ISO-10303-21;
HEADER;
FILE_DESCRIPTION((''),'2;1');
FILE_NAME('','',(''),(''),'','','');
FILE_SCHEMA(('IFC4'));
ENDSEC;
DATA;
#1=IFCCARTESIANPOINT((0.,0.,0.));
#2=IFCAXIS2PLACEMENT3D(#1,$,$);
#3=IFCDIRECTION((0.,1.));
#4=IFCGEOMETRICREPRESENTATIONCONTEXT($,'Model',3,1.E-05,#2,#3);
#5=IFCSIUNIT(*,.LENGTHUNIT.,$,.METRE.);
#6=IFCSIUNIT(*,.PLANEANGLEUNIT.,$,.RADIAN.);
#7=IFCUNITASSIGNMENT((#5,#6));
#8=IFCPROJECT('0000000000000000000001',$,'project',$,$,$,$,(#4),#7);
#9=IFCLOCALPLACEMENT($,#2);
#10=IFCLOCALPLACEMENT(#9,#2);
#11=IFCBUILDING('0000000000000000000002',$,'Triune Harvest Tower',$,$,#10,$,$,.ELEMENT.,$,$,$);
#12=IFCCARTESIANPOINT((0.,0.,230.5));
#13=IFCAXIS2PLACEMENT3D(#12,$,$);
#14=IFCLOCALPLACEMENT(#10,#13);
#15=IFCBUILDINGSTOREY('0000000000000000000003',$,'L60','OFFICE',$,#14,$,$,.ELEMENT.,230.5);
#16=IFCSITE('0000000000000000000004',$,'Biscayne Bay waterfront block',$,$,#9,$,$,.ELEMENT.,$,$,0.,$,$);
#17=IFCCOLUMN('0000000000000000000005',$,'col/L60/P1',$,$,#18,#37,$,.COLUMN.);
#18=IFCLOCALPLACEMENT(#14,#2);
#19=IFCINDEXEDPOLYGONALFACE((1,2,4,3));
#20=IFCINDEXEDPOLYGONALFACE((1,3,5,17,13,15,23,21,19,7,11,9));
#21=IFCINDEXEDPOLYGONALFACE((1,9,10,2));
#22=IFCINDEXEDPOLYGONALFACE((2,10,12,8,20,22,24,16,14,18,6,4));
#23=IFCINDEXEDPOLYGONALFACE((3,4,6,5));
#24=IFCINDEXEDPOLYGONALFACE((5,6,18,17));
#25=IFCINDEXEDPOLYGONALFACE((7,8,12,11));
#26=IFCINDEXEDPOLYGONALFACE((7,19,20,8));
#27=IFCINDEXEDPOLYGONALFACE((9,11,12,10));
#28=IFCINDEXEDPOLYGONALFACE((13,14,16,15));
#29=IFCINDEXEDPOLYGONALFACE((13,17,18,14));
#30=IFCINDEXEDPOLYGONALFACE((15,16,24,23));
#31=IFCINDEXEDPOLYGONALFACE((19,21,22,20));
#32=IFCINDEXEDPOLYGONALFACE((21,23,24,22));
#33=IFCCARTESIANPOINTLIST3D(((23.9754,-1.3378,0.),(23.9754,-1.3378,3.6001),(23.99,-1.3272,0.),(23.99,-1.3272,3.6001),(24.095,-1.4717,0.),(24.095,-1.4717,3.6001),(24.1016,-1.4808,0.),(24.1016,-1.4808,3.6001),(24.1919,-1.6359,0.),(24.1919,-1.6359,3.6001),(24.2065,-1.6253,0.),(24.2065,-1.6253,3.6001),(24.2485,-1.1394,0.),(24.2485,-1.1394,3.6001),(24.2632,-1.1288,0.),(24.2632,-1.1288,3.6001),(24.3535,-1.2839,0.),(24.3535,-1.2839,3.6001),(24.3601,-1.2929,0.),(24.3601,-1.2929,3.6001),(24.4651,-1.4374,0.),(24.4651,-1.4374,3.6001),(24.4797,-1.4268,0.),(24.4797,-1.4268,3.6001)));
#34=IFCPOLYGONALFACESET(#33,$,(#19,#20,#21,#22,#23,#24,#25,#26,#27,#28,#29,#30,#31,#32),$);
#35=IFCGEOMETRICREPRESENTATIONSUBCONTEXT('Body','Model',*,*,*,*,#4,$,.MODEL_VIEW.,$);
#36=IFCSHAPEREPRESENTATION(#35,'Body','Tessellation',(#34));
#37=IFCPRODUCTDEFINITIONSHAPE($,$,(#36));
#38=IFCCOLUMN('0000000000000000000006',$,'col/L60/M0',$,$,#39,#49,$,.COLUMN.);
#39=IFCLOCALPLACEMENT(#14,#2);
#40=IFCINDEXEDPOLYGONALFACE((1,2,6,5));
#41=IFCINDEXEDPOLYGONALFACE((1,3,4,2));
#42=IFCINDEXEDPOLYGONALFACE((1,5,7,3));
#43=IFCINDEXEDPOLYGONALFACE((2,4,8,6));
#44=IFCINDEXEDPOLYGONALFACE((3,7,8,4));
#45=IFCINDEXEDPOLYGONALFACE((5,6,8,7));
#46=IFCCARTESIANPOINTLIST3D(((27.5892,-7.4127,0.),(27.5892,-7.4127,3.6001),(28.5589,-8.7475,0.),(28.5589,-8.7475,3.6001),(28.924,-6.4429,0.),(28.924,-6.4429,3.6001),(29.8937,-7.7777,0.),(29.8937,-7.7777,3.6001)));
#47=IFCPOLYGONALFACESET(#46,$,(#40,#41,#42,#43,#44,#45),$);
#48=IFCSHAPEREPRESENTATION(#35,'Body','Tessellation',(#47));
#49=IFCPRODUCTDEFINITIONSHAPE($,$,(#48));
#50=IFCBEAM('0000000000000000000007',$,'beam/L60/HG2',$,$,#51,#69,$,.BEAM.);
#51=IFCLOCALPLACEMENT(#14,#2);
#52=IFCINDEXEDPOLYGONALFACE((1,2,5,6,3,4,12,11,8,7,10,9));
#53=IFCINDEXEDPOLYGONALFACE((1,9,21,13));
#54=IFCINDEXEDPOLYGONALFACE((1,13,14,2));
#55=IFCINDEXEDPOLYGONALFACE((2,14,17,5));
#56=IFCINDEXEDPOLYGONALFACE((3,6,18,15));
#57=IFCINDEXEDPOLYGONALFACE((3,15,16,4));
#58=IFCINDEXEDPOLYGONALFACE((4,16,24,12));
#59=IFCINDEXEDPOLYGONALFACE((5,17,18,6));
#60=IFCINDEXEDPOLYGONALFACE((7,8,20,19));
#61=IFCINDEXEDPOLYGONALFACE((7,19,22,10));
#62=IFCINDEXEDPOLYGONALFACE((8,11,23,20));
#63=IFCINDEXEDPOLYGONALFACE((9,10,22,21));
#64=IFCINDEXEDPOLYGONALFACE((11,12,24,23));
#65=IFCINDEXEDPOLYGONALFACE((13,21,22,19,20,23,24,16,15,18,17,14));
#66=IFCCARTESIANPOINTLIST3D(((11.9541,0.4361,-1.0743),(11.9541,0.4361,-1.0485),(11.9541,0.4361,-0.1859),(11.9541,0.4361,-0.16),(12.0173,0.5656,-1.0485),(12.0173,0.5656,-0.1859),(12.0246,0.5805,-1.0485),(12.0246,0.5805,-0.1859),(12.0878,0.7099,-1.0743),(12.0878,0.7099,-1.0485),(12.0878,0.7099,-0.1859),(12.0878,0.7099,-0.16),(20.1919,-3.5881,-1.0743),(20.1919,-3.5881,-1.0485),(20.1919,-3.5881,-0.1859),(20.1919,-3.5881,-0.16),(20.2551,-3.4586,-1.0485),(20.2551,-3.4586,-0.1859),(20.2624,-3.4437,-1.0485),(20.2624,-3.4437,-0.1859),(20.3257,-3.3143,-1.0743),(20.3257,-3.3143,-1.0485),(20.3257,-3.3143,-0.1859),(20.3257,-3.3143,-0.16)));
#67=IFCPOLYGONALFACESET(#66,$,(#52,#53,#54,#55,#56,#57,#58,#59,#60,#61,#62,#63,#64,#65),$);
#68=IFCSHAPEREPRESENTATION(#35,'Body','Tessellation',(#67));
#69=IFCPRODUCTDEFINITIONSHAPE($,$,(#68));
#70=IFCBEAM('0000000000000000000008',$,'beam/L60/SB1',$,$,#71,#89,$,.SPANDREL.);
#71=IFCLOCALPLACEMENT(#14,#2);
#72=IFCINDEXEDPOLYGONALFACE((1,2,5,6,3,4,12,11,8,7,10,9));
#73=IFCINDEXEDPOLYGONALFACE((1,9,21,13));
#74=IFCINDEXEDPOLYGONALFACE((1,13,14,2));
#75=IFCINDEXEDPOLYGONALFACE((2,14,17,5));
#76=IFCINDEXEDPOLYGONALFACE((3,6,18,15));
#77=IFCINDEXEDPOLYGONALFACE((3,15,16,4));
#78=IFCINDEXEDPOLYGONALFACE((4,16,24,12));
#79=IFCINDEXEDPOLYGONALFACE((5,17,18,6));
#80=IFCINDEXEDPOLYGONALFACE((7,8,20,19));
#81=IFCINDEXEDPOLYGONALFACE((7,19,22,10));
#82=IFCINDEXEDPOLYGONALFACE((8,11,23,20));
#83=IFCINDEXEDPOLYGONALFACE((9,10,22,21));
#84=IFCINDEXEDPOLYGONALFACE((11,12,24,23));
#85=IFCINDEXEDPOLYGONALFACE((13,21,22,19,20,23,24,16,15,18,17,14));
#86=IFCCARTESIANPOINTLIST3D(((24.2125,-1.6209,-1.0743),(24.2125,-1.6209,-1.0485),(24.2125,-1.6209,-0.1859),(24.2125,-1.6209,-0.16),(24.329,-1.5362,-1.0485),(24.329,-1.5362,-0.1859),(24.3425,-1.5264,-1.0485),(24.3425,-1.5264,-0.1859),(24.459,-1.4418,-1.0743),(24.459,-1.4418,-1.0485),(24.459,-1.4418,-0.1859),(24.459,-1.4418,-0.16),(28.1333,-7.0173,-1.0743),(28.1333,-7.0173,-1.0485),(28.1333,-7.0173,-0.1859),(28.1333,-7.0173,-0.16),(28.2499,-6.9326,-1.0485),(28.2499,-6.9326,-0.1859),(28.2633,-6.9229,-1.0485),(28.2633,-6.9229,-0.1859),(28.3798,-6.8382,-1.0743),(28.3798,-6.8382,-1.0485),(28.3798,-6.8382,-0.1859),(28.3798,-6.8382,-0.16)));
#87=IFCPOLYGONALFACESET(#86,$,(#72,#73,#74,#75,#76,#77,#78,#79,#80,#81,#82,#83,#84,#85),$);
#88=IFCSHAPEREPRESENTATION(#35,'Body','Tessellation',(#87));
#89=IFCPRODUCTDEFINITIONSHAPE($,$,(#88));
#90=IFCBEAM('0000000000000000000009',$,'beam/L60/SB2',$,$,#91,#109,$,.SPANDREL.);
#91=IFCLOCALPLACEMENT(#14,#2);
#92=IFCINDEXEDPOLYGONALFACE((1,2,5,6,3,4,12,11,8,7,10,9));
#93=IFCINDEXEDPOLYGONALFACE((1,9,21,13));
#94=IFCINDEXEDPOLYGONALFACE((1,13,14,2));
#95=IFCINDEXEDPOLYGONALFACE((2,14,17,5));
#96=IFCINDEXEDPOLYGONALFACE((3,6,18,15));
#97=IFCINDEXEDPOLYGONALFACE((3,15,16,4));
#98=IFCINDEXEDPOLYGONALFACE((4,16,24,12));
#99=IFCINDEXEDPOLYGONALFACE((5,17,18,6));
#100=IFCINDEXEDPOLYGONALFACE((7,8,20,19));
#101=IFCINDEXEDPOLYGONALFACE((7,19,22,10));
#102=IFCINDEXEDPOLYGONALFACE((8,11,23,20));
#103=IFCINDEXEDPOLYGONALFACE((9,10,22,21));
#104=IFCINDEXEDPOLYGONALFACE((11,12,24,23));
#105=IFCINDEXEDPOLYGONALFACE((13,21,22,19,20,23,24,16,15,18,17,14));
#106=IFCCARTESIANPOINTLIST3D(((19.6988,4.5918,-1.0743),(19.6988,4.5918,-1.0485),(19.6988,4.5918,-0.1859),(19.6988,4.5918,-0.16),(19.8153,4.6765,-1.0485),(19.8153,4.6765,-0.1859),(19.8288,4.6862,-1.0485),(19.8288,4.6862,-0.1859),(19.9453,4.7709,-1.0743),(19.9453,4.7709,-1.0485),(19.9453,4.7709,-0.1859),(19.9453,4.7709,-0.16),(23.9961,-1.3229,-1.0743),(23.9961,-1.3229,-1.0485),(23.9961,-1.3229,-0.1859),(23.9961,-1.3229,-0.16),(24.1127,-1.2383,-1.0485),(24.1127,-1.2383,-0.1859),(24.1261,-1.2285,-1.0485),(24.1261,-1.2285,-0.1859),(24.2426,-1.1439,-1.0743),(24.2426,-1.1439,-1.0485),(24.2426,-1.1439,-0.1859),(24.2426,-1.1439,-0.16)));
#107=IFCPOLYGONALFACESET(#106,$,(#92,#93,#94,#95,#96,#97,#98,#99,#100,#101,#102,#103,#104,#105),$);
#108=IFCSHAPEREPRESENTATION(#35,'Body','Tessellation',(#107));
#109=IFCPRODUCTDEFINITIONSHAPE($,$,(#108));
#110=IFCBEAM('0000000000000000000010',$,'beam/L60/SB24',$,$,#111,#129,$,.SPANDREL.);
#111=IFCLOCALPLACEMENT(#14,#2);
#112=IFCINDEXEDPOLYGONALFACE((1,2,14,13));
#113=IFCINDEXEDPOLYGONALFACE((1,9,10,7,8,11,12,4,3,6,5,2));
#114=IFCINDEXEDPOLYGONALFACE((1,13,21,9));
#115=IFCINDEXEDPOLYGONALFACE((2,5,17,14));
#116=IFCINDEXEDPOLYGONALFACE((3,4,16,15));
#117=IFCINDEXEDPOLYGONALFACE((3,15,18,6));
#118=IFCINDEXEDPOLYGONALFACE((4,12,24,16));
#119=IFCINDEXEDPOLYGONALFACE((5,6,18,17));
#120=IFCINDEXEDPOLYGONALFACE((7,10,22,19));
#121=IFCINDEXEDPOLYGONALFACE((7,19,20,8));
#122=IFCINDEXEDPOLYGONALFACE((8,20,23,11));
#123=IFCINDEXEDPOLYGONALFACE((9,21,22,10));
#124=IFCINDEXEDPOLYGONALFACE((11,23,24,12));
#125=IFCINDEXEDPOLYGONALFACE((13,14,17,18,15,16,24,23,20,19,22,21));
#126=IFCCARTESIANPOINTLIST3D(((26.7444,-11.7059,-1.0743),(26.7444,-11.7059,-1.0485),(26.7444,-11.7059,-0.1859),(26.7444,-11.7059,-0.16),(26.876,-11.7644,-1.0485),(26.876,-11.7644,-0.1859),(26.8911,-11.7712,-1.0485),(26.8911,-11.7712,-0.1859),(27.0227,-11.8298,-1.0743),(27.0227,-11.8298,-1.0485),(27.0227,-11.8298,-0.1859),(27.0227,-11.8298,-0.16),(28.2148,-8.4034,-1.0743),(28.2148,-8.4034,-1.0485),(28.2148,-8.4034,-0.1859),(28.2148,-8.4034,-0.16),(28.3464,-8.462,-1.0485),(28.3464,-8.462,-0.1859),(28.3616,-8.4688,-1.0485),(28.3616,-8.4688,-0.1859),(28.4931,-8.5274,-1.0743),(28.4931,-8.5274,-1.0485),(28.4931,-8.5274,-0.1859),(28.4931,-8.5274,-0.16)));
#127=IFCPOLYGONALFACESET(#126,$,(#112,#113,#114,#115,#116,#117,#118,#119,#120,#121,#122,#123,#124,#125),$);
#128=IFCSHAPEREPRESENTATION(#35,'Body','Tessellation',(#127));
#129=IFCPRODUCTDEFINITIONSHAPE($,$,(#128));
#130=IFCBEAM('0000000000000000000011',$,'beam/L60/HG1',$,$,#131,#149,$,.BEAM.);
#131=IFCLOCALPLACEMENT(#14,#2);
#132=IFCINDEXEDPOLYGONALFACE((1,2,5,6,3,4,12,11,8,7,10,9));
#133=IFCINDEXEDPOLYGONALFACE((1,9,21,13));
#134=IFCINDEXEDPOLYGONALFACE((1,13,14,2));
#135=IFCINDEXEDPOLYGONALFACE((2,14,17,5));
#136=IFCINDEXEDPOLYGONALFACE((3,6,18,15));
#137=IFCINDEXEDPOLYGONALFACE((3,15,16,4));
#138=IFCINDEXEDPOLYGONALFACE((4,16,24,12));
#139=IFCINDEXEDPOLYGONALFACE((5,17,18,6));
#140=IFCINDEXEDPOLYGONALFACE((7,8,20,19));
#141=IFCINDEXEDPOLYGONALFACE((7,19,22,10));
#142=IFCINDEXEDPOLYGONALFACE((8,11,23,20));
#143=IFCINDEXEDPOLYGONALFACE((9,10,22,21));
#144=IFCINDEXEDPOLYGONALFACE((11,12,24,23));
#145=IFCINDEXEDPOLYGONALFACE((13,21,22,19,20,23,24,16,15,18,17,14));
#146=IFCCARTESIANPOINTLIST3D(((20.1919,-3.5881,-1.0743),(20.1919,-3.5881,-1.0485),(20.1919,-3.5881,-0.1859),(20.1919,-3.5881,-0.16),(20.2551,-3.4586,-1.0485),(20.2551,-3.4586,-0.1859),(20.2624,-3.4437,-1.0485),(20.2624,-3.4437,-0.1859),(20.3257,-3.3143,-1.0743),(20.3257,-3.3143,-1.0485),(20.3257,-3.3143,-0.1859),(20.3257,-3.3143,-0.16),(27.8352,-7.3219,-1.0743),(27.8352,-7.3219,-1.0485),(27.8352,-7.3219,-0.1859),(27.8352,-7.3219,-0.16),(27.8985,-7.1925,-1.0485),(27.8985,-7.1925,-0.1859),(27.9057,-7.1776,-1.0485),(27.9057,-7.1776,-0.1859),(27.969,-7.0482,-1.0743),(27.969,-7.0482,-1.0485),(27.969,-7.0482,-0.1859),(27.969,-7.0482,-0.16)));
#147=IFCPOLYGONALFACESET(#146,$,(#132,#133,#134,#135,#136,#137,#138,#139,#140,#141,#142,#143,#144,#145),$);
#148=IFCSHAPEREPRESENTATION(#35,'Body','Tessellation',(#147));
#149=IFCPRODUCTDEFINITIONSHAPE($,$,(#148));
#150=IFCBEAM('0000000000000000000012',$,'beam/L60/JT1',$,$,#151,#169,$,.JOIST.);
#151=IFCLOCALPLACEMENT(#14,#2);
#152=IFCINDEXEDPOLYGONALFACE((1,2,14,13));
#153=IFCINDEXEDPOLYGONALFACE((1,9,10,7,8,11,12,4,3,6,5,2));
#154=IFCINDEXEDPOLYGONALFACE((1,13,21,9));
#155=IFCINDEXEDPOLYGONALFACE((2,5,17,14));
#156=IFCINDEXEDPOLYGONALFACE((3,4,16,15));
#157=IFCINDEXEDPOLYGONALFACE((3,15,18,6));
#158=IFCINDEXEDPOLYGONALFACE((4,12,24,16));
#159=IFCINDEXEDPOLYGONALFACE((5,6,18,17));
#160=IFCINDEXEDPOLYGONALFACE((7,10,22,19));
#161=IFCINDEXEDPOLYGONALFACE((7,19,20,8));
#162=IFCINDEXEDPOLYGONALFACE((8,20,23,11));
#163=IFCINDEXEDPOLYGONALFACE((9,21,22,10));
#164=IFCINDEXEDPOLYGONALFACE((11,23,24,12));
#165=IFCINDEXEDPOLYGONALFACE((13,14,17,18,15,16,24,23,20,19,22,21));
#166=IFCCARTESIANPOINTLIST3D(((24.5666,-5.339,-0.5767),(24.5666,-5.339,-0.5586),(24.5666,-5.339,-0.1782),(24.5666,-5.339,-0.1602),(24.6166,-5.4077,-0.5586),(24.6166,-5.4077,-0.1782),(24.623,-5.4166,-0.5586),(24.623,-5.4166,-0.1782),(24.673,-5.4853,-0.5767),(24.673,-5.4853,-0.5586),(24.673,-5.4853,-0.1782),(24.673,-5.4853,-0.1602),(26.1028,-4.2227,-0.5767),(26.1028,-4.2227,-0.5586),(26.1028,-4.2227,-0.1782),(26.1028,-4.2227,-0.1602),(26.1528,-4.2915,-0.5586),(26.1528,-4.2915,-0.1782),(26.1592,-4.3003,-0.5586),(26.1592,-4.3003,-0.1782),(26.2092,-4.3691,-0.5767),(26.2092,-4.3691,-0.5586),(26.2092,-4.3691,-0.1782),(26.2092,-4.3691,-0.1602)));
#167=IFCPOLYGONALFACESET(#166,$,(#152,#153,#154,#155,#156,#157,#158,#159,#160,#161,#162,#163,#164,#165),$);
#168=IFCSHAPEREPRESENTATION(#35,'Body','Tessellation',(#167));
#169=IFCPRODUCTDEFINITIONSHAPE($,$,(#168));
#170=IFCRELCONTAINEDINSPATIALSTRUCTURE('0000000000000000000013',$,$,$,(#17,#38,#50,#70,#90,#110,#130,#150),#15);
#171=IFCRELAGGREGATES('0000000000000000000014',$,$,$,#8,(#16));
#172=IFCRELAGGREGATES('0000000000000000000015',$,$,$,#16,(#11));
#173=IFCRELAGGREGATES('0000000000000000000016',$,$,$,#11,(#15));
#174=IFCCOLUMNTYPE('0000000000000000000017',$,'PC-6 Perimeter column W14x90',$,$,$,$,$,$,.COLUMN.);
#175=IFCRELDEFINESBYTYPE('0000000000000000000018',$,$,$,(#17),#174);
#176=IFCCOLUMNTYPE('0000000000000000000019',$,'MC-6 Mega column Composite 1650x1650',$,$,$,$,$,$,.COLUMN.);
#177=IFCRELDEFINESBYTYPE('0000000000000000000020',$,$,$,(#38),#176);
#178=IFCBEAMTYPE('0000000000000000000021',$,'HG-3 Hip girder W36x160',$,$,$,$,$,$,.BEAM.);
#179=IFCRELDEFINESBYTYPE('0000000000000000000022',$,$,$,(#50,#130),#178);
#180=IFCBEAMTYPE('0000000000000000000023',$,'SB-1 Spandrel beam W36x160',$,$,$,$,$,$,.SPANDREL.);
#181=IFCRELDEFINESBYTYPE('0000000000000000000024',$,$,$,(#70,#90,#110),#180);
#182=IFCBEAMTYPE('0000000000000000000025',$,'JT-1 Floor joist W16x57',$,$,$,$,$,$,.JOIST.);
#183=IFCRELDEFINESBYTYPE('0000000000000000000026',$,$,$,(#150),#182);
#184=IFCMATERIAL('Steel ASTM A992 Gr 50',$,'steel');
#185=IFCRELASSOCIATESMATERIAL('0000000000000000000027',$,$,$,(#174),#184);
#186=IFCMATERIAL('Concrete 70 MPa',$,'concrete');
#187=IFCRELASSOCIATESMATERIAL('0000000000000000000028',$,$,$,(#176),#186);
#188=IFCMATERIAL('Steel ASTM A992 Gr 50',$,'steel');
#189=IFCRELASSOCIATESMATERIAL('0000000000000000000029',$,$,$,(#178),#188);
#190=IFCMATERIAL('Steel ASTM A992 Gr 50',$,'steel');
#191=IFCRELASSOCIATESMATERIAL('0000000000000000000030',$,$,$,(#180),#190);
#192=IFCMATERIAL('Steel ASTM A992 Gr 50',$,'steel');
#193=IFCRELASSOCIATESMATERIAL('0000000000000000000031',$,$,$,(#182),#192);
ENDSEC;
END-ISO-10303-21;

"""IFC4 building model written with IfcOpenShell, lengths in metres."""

from ifc_helpers import new_model, si_unit, direction, frame, origin, origin_2d, place, context, subcontext, project, spatial, rectangle, i_section, extrude, source, transform, mapped, material, material_profile, profile_set, type_object, element, save


model = new_model("IFC4")

# Units and contexts
model_context = context("Model", 3, precision=1e-05, world=origin(), true_north=direction((0.0, 1.0)))
body_context = subcontext(model_context, "Body", "Model", "MODEL_VIEW")
ifc_project = project(units=[si_unit("LENGTHUNIT", "METRE"), si_unit("PLANEANGLEUNIT", "RADIAN")], contexts=[model_context])

# Site, building, storey
site_placement = place(None, origin())
site = spatial("IfcSite", under=ifc_project, at=site_placement, Name="Biscayne Bay waterfront block", CompositionType="ELEMENT", RefElevation=0.0)
building_placement = place(site_placement, origin())
building = spatial("IfcBuilding", under=site, at=building_placement, Name="Triune Harvest Tower", CompositionType="ELEMENT")
storey_placement = place(building_placement, frame((0.0, 0.0, 230.5)))
storey = spatial("IfcBuildingStorey", under=building, at=storey_placement, Name="L60", Description="OFFICE", CompositionType="ELEMENT", Elevation=230.5)

# Columns
ifc_material_1 = material(Name="Steel ASTM A992 Gr 50", Category="steel")
ifc_material_profile_1 = material_profile(ifc_material_1, i_section(OverallWidth=0.3684, OverallDepth=0.3557, WebThickness=0.0112, FlangeThickness=0.0181, at=origin_2d()), Name="W14x90")
ifc_profile_set_1 = profile_set([ifc_material_profile_1], Name="Steel ASTM A992 Gr 50")
column_type_1 = type_object("IfcColumnType", Name="PC-6 Perimeter column W14x90", PredefinedType="COLUMN", material=ifc_profile_set_1)
shared_shape_1 = source(origin(), body_context, "Body", "SweptSolid", [
    extrude(i_section(OverallWidth=0.3684, OverallDepth=0.3557, WebThickness=0.0112, FlangeThickness=0.0181, at=origin_2d()), origin(), (0.0, 0.0, 1.0), 3.6001),
])
column_1_placement = place(storey_placement, frame((24.2275, -1.3823, 0.0), z_axis=(0.0, 0.0, 1.0), x_axis=(-0.587785, 0.809017, 0.0)))
element("IfcColumn", 1, at=column_1_placement, inside=storey, type_object=column_type_1, Name="col/L60/P1", PredefinedType="COLUMN", context=body_context, shape_type="MappedRepresentation", body=[
    mapped(shared_shape_1, transform((0.0, 0.0, 0.0), scale=1.0)),
])
ifc_material_2 = material(Name="Concrete 70 MPa", Category="concrete")
ifc_material_profile_2 = material_profile(ifc_material_2, rectangle(XDim=1.6499, YDim=1.6499, at=origin_2d()), Name="Composite 1650x1650")
ifc_profile_set_2 = profile_set([ifc_material_profile_2], Name="Concrete 70 MPa")
column_type_2 = type_object("IfcColumnType", Name="MC-6 Mega column Composite 1650x1650", PredefinedType="COLUMN", material=ifc_profile_set_2)
shared_shape_2 = source(origin(), body_context, "Body", "SweptSolid", [
    extrude(rectangle(XDim=1.6499, YDim=1.6499, at=origin_2d()), origin(), (0.0, 0.0, 1.0), 3.6001),
])
column_2_placement = place(storey_placement, frame((28.7415, -7.5952, 0.0), z_axis=(0.0, 0.0, 1.0), x_axis=(-0.587785, 0.809017, 0.0)))
element("IfcColumn", 2, at=column_2_placement, inside=storey, type_object=column_type_2, Name="col/L60/M0", PredefinedType="COLUMN", context=body_context, shape_type="MappedRepresentation", body=[
    mapped(shared_shape_2, transform((0.0, 0.0, 0.0), scale=1.0)),
])

# Beams
ifc_material_3 = material(Name="Steel ASTM A992 Gr 50", Category="steel")
ifc_material_profile_3 = material_profile(ifc_material_3, i_section(OverallWidth=0.3047, OverallDepth=0.9143, WebThickness=0.0166, FlangeThickness=0.0259, at=origin_2d()), Name="W36x160")
ifc_profile_set_3 = profile_set([ifc_material_profile_3], Name="Steel ASTM A992 Gr 50")
beam_type_1 = type_object("IfcBeamType", Name="HG-3 Hip girder W36x160", PredefinedType="BEAM", material=ifc_profile_set_3)
shared_shape_3 = source(origin(), body_context, "Body", "SweptSolid", [
    extrude(i_section(OverallWidth=0.3047, OverallDepth=0.9143, WebThickness=0.0166, FlangeThickness=0.0259, at=origin_2d()), origin(), (0.0, 0.0, 1.0), 9.1682),
])
beam_1_placement = place(storey_placement, frame((20.2588, -3.4512, -0.6172), z_axis=(-0.898522, 0.438929, 0.0), x_axis=(-0.438929, -0.898522, 0.0)))
element("IfcBeam", 3, at=beam_1_placement, inside=storey, type_object=beam_type_1, Name="beam/L60/HG2", PredefinedType="BEAM", context=body_context, shape_type="MappedRepresentation", body=[
    mapped(shared_shape_3, transform((0.0, 0.0, 0.0), scale=1.0)),
])
ifc_material_4 = material(Name="Steel ASTM A992 Gr 50", Category="steel")
ifc_material_profile_4 = material_profile(ifc_material_4, i_section(OverallWidth=0.3047, OverallDepth=0.9143, WebThickness=0.0166, FlangeThickness=0.0259, at=origin_2d()), Name="W36x160")
ifc_profile_set_4 = profile_set([ifc_material_profile_4], Name="Steel ASTM A992 Gr 50")
beam_type_2 = type_object("IfcBeamType", Name="SB-1 Spandrel beam W36x160", PredefinedType="SPANDREL", material=ifc_profile_set_4)
shared_shape_4 = source(origin(), body_context, "Body", "SweptSolid", [
    extrude(i_section(OverallWidth=0.3047, OverallDepth=0.9143, WebThickness=0.0166, FlangeThickness=0.0259, at=origin_2d()), origin(), (0.0, 0.0, 1.0), 6.6704),
])
beam_2_placement = place(storey_placement, frame((28.2566, -6.9277, -0.6172), z_axis=(-0.587797, 0.809008, 0.0), x_axis=(-0.809008, -0.587797, 0.0)))
element("IfcBeam", 4, at=beam_2_placement, inside=storey, type_object=beam_type_2, Name="beam/L60/SB1", PredefinedType="SPANDREL", context=body_context, shape_type="MappedRepresentation", body=[
    mapped(shared_shape_4, transform((0.0, 0.0, 0.0), scale=1.0)),
])
shared_shape_5 = source(origin(), body_context, "Body", "SweptSolid", [
    extrude(i_section(OverallWidth=0.3047, OverallDepth=0.9143, WebThickness=0.0166, FlangeThickness=0.0259, at=origin_2d()), origin(), (0.0, 0.0, 1.0), 7.311),
])
beam_3_placement = place(storey_placement, frame((24.1194, -1.2334, -0.6172), z_axis=(-0.587786, 0.809016, 0.0), x_axis=(-0.809016, -0.587786, 0.0)))
element("IfcBeam", 5, at=beam_3_placement, inside=storey, type_object=beam_type_2, Name="beam/L60/SB2", PredefinedType="SPANDREL", context=body_context, shape_type="MappedRepresentation", body=[
    mapped(shared_shape_5, transform((0.0, 0.0, 0.0), scale=1.0)),
])
shared_shape_6 = source(origin(), body_context, "Body", "SweptSolid", [
    extrude(i_section(OverallWidth=0.3047, OverallDepth=0.9143, WebThickness=0.0166, FlangeThickness=0.0259, at=origin_2d()), origin(), (0.0, 0.0, 1.0), 3.615),
])
beam_4_placement = place(storey_placement, frame((26.8835, -11.7678, -0.6172), z_axis=(0.406759, 0.913536, 0.0), x_axis=(-0.913536, 0.406759, 0.0)))
element("IfcBeam", 6, at=beam_4_placement, inside=storey, type_object=beam_type_2, Name="beam/L60/SB24", PredefinedType="SPANDREL", context=body_context, shape_type="MappedRepresentation", body=[
    mapped(shared_shape_6, transform((0.0, 0.0, 0.0), scale=1.0)),
])
shared_shape_7 = source(origin(), body_context, "Body", "SweptSolid", [
    extrude(i_section(OverallWidth=0.3047, OverallDepth=0.9143, WebThickness=0.0166, FlangeThickness=0.0259, at=origin_2d()), origin(), (0.0, 0.0, 1.0), 8.5066),
])
beam_5_placement = place(storey_placement, frame((27.9021, -7.1851, -0.6172), z_axis=(-0.898516, 0.43894, 0.0), x_axis=(-0.43894, -0.898516, 0.0)))
element("IfcBeam", 7, at=beam_5_placement, inside=storey, type_object=beam_type_1, Name="beam/L60/HG1", PredefinedType="BEAM", context=body_context, shape_type="MappedRepresentation", body=[
    mapped(shared_shape_7, transform((0.0, 0.0, 0.0), scale=1.0)),
])
ifc_material_5 = material(Name="Steel ASTM A992 Gr 50", Category="steel")
ifc_material_profile_5 = material_profile(ifc_material_5, i_section(OverallWidth=0.1809, OverallDepth=0.4165, WebThickness=0.011, FlangeThickness=0.0181, at=origin_2d()), Name="W16x57")
ifc_profile_set_5 = profile_set([ifc_material_profile_5], Name="Steel ASTM A992 Gr 50")
beam_type_3 = type_object("IfcBeamType", Name="JT-1 Floor joist W16x57", PredefinedType="JOIST", material=ifc_profile_set_5)
shared_shape_8 = source(origin(), body_context, "Body", "SweptSolid", [
    extrude(i_section(OverallWidth=0.1809, OverallDepth=0.4165, WebThickness=0.011, FlangeThickness=0.0181, at=origin_2d()), origin(), (0.0, 0.0, 1.0), 1.8989),
])
beam_6_placement = place(storey_placement, frame((26.156, -4.2959, -0.3684), z_axis=(-0.808981, -0.587835, 0.0), x_axis=(0.587835, -0.808981, 0.0)))
element("IfcBeam", 8, at=beam_6_placement, inside=storey, type_object=beam_type_3, Name="beam/L60/JT1", PredefinedType="JOIST", context=body_context, shape_type="MappedRepresentation", body=[
    mapped(shared_shape_8, transform((0.0, 0.0, 0.0), scale=1.0)),
])

save(model, "model.ifc")
